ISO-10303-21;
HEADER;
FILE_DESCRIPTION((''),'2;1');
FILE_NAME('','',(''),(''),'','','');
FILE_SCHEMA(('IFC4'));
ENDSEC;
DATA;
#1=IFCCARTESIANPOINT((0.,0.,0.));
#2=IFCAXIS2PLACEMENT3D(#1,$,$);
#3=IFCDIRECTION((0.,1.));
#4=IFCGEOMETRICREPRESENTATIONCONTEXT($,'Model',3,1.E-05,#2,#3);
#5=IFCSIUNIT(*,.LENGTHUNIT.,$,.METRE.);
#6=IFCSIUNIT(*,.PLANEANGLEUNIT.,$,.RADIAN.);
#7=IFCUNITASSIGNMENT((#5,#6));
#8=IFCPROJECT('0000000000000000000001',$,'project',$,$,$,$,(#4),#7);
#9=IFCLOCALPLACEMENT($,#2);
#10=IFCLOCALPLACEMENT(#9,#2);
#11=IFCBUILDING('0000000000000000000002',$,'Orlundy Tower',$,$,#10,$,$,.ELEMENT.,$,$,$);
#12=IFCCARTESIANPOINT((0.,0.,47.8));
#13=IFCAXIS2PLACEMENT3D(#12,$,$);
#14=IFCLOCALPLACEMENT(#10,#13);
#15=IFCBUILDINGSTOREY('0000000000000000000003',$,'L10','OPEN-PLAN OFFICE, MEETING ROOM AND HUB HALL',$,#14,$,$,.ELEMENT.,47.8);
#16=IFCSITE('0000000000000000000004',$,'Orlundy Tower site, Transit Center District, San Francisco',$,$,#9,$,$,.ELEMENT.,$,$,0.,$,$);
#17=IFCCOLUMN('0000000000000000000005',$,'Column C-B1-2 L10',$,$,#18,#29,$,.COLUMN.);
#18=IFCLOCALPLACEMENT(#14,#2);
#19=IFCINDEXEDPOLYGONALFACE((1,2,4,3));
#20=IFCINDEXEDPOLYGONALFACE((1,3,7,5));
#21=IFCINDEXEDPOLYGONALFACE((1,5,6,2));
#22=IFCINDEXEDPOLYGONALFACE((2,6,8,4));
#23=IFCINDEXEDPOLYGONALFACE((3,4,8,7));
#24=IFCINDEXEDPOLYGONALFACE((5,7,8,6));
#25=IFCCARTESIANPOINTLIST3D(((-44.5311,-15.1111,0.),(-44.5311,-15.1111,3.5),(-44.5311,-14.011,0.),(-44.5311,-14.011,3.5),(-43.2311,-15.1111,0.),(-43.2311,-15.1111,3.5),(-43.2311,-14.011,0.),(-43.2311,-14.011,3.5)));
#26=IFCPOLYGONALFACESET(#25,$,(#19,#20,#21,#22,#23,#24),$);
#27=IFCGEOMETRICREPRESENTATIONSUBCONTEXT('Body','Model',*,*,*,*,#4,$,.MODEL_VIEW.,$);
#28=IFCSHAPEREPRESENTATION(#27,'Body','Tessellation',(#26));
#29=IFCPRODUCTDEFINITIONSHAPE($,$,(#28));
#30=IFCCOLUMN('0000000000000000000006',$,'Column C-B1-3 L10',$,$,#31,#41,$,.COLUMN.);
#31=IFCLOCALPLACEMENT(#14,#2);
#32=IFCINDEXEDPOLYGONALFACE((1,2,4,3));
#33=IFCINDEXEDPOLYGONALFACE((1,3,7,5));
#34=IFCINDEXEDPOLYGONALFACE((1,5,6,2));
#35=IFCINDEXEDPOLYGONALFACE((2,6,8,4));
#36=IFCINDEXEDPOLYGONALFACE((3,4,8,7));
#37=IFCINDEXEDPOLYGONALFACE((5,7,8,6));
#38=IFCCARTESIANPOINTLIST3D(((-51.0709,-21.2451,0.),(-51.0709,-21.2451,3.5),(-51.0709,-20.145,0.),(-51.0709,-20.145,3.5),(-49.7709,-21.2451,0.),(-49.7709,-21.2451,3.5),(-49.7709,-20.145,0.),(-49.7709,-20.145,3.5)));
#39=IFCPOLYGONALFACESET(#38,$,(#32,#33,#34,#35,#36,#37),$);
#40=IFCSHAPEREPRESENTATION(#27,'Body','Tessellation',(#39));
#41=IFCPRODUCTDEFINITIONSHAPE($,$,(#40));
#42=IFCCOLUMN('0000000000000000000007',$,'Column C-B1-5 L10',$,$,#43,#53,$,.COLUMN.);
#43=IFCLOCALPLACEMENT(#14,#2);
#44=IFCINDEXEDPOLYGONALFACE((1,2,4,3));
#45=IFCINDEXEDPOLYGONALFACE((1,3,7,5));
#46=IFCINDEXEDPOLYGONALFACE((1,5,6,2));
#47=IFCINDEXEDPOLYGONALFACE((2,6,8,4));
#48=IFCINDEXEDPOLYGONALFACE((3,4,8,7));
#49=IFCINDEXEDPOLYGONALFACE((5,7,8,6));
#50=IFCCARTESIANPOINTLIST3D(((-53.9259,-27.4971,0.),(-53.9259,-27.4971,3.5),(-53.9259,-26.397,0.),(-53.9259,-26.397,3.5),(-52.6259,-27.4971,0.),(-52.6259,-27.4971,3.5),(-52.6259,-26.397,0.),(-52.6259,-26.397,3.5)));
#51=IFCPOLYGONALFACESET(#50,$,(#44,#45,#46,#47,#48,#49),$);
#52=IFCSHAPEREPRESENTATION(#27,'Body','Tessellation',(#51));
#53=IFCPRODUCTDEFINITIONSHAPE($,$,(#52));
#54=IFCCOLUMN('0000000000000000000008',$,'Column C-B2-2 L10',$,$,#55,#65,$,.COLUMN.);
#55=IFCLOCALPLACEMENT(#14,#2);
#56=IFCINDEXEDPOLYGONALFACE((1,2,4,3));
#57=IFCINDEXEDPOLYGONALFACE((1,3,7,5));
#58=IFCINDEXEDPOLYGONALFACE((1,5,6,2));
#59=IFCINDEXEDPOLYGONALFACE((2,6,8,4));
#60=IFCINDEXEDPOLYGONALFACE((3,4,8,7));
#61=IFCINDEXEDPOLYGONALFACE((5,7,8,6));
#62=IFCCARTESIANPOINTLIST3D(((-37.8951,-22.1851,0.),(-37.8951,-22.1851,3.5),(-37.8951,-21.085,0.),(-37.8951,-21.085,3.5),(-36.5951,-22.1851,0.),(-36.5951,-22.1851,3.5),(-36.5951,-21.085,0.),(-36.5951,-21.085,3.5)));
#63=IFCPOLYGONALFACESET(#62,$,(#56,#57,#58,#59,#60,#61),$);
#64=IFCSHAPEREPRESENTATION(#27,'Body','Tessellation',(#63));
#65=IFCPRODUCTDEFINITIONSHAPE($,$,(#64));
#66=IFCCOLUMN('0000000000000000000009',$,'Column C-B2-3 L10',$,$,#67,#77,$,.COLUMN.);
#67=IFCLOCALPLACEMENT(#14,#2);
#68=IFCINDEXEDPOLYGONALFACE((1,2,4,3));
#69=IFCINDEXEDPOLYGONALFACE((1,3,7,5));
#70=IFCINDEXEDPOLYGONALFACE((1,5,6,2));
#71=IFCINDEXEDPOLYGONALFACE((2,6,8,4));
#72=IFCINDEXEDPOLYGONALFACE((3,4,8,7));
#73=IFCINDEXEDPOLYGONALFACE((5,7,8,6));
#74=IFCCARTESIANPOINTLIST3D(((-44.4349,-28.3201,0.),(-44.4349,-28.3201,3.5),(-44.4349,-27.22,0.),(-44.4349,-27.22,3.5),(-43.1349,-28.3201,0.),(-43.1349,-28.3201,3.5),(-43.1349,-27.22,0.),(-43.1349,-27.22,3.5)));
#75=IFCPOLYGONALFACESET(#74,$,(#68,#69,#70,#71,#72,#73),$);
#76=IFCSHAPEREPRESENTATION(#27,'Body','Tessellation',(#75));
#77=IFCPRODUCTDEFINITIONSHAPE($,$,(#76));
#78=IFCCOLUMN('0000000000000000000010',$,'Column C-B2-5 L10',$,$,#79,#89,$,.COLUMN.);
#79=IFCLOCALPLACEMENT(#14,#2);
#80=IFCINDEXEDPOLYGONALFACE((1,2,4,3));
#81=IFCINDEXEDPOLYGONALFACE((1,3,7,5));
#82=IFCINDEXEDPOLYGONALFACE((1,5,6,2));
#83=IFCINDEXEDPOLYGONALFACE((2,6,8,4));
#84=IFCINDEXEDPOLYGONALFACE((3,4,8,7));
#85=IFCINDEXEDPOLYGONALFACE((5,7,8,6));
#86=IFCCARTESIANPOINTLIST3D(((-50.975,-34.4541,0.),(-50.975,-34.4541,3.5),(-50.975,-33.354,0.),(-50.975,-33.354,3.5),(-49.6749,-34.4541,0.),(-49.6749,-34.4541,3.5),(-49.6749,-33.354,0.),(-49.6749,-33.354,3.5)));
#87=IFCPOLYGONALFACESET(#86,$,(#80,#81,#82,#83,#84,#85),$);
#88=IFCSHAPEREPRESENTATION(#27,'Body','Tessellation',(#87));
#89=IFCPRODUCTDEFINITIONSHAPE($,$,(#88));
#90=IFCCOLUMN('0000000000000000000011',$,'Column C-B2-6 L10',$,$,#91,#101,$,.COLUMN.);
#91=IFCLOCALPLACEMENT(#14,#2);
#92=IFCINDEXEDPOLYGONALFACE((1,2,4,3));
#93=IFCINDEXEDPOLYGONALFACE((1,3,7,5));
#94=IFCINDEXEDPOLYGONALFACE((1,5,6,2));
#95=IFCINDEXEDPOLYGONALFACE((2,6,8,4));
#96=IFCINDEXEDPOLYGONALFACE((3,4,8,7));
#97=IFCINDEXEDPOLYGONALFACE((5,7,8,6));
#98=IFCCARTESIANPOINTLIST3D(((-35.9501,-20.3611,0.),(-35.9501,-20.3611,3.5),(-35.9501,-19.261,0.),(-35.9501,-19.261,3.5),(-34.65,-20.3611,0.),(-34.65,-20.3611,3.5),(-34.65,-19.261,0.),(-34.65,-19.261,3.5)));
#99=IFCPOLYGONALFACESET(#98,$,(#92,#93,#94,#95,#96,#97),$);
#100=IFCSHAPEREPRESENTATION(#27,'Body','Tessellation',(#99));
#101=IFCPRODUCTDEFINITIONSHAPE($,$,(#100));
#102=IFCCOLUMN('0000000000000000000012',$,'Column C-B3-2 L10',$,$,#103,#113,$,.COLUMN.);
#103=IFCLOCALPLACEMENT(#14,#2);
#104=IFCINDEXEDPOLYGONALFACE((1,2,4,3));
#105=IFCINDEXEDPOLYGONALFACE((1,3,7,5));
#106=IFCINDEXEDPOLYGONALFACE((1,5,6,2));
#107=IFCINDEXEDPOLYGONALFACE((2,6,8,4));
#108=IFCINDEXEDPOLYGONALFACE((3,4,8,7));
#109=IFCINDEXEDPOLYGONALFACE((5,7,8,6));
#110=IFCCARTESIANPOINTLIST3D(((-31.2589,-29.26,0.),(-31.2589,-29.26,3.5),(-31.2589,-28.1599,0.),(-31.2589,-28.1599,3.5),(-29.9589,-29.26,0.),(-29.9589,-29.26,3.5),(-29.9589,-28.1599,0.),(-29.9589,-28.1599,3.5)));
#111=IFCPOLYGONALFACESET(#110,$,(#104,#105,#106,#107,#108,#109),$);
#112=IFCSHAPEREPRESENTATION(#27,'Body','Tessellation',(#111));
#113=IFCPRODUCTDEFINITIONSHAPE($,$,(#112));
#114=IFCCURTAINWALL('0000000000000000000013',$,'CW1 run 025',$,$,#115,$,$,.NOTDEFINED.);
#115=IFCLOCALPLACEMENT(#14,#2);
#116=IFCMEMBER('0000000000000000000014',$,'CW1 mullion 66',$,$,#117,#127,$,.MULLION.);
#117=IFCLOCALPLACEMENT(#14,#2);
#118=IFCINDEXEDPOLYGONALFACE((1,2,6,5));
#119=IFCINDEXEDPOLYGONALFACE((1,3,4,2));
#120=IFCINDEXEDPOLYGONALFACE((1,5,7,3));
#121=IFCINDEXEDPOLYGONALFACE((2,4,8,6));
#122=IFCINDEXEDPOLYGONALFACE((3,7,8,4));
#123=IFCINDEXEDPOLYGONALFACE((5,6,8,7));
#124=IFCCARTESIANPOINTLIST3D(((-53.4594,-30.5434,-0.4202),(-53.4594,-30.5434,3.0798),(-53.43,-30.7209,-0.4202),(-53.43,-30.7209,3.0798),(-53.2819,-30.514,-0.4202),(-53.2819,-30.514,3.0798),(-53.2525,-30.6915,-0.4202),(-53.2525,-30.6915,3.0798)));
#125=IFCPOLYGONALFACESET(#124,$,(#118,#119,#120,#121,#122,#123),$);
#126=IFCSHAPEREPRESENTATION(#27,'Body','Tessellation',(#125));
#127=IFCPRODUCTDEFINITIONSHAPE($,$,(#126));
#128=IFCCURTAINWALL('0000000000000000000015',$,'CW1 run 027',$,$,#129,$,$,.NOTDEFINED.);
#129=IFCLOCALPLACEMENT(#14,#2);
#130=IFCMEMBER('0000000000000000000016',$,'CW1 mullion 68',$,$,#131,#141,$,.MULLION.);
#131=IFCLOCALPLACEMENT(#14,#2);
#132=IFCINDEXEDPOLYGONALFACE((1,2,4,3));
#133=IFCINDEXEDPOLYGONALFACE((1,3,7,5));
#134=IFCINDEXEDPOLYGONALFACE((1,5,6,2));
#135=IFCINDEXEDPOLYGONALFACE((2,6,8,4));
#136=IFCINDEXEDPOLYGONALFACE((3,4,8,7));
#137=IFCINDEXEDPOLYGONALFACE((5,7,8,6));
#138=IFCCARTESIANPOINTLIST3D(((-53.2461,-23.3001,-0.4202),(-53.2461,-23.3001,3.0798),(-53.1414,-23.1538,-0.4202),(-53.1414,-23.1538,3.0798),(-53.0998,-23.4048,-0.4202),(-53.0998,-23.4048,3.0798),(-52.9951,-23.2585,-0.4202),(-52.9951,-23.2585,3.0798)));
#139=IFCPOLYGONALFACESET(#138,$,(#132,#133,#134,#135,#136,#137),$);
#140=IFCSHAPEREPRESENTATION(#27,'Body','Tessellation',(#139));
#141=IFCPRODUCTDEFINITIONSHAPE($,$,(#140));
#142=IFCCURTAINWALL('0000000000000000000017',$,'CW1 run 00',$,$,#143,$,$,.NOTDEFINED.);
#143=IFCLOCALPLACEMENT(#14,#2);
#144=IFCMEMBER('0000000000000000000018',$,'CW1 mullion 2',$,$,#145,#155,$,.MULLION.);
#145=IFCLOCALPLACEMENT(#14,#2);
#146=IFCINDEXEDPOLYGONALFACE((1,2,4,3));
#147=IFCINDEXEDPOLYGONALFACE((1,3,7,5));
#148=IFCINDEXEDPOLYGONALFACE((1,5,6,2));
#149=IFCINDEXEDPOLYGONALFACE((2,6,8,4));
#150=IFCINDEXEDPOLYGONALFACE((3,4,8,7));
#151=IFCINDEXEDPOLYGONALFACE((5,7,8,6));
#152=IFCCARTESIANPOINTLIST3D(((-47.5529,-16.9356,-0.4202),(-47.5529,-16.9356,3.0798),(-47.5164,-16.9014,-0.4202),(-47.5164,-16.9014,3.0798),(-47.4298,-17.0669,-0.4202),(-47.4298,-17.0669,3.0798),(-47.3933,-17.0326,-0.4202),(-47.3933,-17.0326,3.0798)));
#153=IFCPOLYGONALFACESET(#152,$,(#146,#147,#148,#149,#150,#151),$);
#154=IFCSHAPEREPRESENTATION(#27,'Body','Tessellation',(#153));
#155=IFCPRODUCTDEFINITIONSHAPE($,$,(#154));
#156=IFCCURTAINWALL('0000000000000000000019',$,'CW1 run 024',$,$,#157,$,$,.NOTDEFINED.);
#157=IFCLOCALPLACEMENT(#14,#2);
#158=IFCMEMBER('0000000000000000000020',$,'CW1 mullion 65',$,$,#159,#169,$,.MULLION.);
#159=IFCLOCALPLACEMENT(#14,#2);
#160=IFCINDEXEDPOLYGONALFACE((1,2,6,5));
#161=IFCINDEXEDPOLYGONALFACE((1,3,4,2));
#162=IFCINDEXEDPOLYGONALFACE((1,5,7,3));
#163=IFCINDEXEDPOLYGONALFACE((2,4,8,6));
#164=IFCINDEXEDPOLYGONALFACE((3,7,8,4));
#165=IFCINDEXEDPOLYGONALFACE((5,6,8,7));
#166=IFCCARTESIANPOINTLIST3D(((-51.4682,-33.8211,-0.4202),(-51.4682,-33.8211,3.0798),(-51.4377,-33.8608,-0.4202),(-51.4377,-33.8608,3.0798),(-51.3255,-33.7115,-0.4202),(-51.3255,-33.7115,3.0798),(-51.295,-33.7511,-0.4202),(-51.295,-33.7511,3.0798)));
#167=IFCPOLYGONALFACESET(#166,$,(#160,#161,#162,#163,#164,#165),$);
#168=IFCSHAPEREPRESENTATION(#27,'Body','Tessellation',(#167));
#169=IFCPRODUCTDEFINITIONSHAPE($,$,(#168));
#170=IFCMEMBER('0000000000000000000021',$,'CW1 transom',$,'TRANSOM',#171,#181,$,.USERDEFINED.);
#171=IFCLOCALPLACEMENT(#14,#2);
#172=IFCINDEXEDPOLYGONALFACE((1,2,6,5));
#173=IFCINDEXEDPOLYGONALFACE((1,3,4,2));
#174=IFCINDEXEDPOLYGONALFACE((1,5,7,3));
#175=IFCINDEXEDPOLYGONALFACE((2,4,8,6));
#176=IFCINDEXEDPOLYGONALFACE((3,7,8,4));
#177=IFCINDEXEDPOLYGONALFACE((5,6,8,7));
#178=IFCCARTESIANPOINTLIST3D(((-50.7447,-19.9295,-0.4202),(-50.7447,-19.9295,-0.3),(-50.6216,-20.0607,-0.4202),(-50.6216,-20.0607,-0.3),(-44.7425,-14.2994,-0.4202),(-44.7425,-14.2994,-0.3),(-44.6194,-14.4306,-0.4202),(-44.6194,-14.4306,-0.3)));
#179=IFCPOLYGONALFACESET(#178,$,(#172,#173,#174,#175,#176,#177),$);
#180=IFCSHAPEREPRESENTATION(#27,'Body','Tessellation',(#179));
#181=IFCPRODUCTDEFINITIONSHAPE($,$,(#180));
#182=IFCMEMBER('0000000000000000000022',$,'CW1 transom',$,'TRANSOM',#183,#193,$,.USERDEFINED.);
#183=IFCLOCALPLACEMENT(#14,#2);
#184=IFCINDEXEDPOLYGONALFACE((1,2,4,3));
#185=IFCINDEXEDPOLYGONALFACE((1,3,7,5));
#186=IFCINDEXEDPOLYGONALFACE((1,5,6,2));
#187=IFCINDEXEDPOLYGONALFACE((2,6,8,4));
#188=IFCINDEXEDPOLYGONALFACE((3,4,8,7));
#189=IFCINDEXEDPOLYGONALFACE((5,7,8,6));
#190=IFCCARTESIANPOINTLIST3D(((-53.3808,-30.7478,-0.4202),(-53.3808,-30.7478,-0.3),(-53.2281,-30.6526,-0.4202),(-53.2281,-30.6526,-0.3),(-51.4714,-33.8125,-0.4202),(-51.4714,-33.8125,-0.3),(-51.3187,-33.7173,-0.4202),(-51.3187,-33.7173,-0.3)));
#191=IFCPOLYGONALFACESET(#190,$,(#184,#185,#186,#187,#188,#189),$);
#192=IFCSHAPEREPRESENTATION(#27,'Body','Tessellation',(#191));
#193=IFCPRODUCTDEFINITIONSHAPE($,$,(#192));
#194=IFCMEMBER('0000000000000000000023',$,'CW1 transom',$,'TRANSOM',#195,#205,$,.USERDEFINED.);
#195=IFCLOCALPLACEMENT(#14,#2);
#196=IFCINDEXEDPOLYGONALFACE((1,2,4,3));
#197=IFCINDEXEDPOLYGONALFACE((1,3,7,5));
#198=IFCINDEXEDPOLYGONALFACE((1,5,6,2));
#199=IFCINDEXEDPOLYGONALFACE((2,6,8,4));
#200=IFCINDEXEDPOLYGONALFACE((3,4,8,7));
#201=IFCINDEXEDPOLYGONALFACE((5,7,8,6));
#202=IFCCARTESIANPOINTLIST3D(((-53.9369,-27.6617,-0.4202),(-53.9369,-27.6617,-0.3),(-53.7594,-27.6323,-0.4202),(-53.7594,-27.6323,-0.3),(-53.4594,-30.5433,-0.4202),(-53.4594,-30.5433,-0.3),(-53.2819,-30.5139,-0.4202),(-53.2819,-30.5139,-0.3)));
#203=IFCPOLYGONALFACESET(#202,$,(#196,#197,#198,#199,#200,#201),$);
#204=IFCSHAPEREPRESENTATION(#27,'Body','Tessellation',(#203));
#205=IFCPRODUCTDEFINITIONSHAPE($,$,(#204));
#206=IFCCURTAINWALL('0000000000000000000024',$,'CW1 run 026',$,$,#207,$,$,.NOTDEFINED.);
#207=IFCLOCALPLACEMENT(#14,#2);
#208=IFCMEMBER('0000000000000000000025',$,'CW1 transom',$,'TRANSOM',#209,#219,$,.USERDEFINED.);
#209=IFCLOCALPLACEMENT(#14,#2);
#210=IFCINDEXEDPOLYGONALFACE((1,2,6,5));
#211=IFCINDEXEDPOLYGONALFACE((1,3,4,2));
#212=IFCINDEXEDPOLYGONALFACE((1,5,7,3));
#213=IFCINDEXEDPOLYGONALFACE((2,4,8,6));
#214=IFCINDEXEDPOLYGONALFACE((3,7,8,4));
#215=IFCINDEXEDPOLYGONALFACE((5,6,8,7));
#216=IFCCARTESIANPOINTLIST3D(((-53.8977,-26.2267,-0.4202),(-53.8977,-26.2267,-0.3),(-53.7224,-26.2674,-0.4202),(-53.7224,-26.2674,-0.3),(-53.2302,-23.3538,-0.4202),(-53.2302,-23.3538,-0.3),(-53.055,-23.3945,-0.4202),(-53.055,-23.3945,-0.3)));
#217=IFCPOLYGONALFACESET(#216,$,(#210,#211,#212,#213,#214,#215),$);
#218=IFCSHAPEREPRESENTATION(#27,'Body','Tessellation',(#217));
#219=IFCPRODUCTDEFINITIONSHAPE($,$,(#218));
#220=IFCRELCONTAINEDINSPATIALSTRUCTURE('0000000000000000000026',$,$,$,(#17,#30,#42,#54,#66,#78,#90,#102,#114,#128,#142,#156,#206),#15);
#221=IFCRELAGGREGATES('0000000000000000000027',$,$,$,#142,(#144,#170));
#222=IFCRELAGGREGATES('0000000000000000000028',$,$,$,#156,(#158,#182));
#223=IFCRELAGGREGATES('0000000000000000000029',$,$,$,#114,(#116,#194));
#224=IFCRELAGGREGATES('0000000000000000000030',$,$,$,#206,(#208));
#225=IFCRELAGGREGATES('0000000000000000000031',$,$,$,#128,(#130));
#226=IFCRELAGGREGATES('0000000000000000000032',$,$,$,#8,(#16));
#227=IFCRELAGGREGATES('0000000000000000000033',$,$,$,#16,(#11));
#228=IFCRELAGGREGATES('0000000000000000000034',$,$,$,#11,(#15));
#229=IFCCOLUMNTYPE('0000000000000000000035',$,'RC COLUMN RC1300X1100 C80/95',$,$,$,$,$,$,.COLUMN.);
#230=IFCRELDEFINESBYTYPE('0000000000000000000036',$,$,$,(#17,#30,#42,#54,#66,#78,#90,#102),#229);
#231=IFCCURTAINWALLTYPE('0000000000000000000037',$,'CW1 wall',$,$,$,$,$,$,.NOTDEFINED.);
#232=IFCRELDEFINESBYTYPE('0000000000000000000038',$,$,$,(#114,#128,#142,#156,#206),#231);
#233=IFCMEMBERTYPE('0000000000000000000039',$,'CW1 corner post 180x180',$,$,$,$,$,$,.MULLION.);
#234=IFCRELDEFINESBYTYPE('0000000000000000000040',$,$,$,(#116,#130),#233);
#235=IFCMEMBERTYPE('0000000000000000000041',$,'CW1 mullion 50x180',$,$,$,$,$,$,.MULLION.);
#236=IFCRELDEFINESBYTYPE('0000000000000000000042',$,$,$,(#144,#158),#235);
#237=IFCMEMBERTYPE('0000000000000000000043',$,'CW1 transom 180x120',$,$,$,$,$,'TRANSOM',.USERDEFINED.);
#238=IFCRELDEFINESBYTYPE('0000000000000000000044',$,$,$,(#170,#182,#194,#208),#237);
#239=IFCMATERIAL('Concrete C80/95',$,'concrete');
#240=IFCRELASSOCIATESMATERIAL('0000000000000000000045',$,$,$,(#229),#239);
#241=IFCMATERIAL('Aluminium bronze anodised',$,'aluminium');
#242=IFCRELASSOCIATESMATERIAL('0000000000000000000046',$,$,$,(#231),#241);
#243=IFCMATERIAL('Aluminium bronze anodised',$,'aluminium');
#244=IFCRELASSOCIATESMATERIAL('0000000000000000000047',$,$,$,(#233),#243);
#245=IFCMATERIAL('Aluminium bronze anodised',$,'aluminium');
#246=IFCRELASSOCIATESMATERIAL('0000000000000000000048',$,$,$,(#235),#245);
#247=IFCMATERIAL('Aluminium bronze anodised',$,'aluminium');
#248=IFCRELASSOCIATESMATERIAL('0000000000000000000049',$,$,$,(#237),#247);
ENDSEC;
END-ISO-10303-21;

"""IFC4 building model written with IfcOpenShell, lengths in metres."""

from ifc_helpers import new_model, si_unit, direction, frame, origin, origin_2d, place, context, subcontext, project, spatial, rectangle, extrude, material, material_profile, profile_set, type_object, element, aggregate, save


model = new_model("IFC4")

# Units and contexts
model_context = context("Model", 3, precision=1e-05, world=origin(), true_north=direction((0.0, 1.0)))
body_context = subcontext(model_context, "Body", "Model", "MODEL_VIEW")
ifc_project = project(units=[si_unit("LENGTHUNIT", "METRE"), si_unit("PLANEANGLEUNIT", "RADIAN")], contexts=[model_context])

# Site, building, storey
site_placement = place(None, origin())
site = spatial("IfcSite", under=ifc_project, at=site_placement, Name="Orlundy Tower site, Transit Center District, San Francisco", CompositionType="ELEMENT", RefElevation=0.0)
building_placement = place(site_placement, origin())
building = spatial("IfcBuilding", under=site, at=building_placement, Name="Orlundy Tower", CompositionType="ELEMENT")
storey_placement = place(building_placement, frame((0.0, 0.0, 47.8)))
storey = spatial("IfcBuildingStorey", under=building, at=storey_placement, Name="L10", Description="OPEN-PLAN OFFICE, MEETING ROOM AND HUB HALL", CompositionType="ELEMENT", Elevation=47.8)

# Columns
ifc_material_1 = material(Name="Concrete C80/95", Category="concrete")
ifc_material_profile_1 = material_profile(ifc_material_1, rectangle(XDim=1.3, YDim=1.1001, at=origin_2d()), Name="RC1300X1100")
ifc_profile_set_1 = profile_set([ifc_material_profile_1], Name="Concrete C80/95")
column_type = type_object("IfcColumnType", Name="RC COLUMN RC1300X1100 C80/95", PredefinedType="COLUMN", material=ifc_profile_set_1)
for number, where, z_axis, x_axis, name in (
    (1, (-43.8811, -14.561, 0.0), (0.0, 0.0, 1.0), (1.0, 0.0, 0.0), "Column C-B1-2 L10"),
    (2, (-50.4209, -20.6951, 0.0), (0.0, 0.0, 1.0), (1.0, 0.0, 0.0), "Column C-B1-3 L10"),
    (3, (-53.2759, -26.947, 0.0), (0.0, 0.0, 1.0), (1.0, 0.0, 0.0), "Column C-B1-5 L10"),
    (4, (-37.2451, -21.635, 0.0), (0.0, 0.0, 1.0), (1.0, 0.0, 0.0), "Column C-B2-2 L10"),
    (5, (-43.7849, -27.77, 0.0), (0.0, 0.0, 1.0), (1.0, 0.0, 0.0), "Column C-B2-3 L10"),
    (6, (-50.325, -33.9041, 0.0), (0.0, 0.0, 1.0), (1.0, 0.0, 0.0), "Column C-B2-5 L10"),
    (7, (-35.3, -19.811, 0.0), (0.0, 0.0, 1.0), (1.0, 0.0, 0.0), "Column C-B2-6 L10"),
    (8, (-30.6089, -28.71, 0.0), (0.0, 0.0, 1.0), (1.0, 0.0, 0.0), "Column C-B3-2 L10"),
):
    element("IfcColumn", number, at=place(storey_placement, frame(where, z_axis=z_axis, x_axis=x_axis)), inside=storey, type_object=column_type, Name=name, PredefinedType="COLUMN", context=body_context, shape_type="SweptSolid", body=[
        extrude(rectangle(XDim=1.3, YDim=1.1001, at=origin_2d()), origin(), (0.0, 0.0, 1.0), 3.5),
    ])

# Curtain walls, members
ifc_material_2 = material(Name="Aluminium bronze anodised", Category="aluminium")
curtain_wall_type = type_object("IfcCurtainWallType", Name="CW1 wall", PredefinedType="NOTDEFINED", material=ifc_material_2)
curtain_wall_1_placement = place(storey_placement, origin())
curtain_wall_1 = element("IfcCurtainWall", 9, at=curtain_wall_1_placement, inside=storey, type_object=curtain_wall_type, Name="CW1 run 025", PredefinedType="NOTDEFINED")
ifc_material_3 = material(Name="Aluminium bronze anodised", Category="aluminium")
ifc_material_profile_2 = material_profile(ifc_material_3, rectangle(XDim=0.1799, YDim=0.1799, at=origin_2d()), Name="CW1 corner post 180x180")
ifc_profile_set_2 = profile_set([ifc_material_profile_2], Name="Aluminium bronze anodised")
member_type_1 = type_object("IfcMemberType", Name="CW1 corner post 180x180", PredefinedType="MULLION", material=ifc_profile_set_2)
member_1_placement = place(storey_placement, frame((-53.356, -30.6174, -0.4202), z_axis=(0.0, 0.0, 1.0), x_axis=(-0.986547, -0.16348, 0.0)))
member_1 = element("IfcMember", 10, at=member_1_placement, type_object=member_type_1, Name="CW1 mullion 66", PredefinedType="MULLION", context=body_context, shape_type="SweptSolid", body=[
    extrude(rectangle(XDim=0.1799, YDim=0.1799, at=origin_2d()), origin(), (0.0, 0.0, 1.0), 3.5),
])
curtain_wall_2_placement = place(storey_placement, origin())
curtain_wall_2 = element("IfcCurtainWall", 11, at=curtain_wall_2_placement, inside=storey, type_object=curtain_wall_type, Name="CW1 run 027", PredefinedType="NOTDEFINED")
member_2_placement = place(storey_placement, frame((-53.1206, -23.2793, -0.4202), z_axis=(0.0, 0.0, 1.0), x_axis=(-0.813204, 0.581978, 0.0)))
member_2 = element("IfcMember", 12, at=member_2_placement, type_object=member_type_1, Name="CW1 mullion 68", PredefinedType="MULLION", context=body_context, shape_type="SweptSolid", body=[
    extrude(rectangle(XDim=0.1799, YDim=0.1799, at=origin_2d()), origin(), (0.0, 0.0, 1.0), 3.5),
])
curtain_wall_3_placement = place(storey_placement, origin())
curtain_wall_3 = element("IfcCurtainWall", 13, at=curtain_wall_3_placement, inside=storey, type_object=curtain_wall_type, Name="CW1 run 00", PredefinedType="NOTDEFINED")
ifc_material_4 = material(Name="Aluminium bronze anodised", Category="aluminium")
ifc_material_profile_3 = material_profile(ifc_material_4, rectangle(XDim=0.1799, YDim=0.05, at=origin_2d()), Name="CW1 mullion 50x180")
ifc_profile_set_3 = profile_set([ifc_material_profile_3], Name="Aluminium bronze anodised")
member_type_2 = type_object("IfcMemberType", Name="CW1 mullion 50x180", PredefinedType="MULLION", material=ifc_profile_set_3)
member_3_placement = place(storey_placement, frame((-47.4731, -16.9841, -0.4202), z_axis=(0.0, 0.0, 1.0), x_axis=(-0.684139, 0.729351, 0.0)))
member_3 = element("IfcMember", 14, at=member_3_placement, type_object=member_type_2, Name="CW1 mullion 2", PredefinedType="MULLION", context=body_context, shape_type="SweptSolid", body=[
    extrude(rectangle(XDim=0.1799, YDim=0.05, at=origin_2d()), origin(), (0.0, 0.0, 1.0), 3.5),
])
curtain_wall_4_placement = place(storey_placement, origin())
curtain_wall_4 = element("IfcCurtainWall", 15, at=curtain_wall_4_placement, inside=storey, type_object=curtain_wall_type, Name="CW1 run 024", PredefinedType="NOTDEFINED")
member_4_placement = place(storey_placement, frame((-51.3816, -33.7861, -0.4202), z_axis=(0.0, 0.0, 1.0), x_axis=(-0.792873, -0.609387, 0.0)))
member_4 = element("IfcMember", 16, at=member_4_placement, type_object=member_type_2, Name="CW1 mullion 65", PredefinedType="MULLION", context=body_context, shape_type="SweptSolid", body=[
    extrude(rectangle(XDim=0.1799, YDim=0.05, at=origin_2d()), origin(), (0.0, 0.0, 1.0), 3.5),
])

# Members
ifc_material_5 = material(Name="Aluminium bronze anodised", Category="aluminium")
ifc_material_profile_4 = material_profile(ifc_material_5, rectangle(XDim=0.1799, YDim=0.1201, at=origin_2d()), Name="CW1 transom 180x120")
ifc_profile_set_4 = profile_set([ifc_material_profile_4], Name="Aluminium bronze anodised")
member_type_3 = type_object("IfcMemberType", Name="CW1 transom 180x120", ElementType="TRANSOM", PredefinedType="USERDEFINED", material=ifc_profile_set_4)
member_5_placement = place(storey_placement, frame((-50.6831, -19.9951, -0.3601), z_axis=(0.729351, 0.684139, 0.0), x_axis=(-0.684139, 0.729351, 0.0)))
member_5 = element("IfcMember", 17, at=member_5_placement, type_object=member_type_3, Name="CW1 transom", ObjectType="TRANSOM", PredefinedType="USERDEFINED", context=body_context, shape_type="SweptSolid", body=[
    extrude(rectangle(XDim=0.1799, YDim=0.1201, at=origin_2d()), origin(), (0.0, 0.0, 1.0), 8.2295),
])
member_6_placement = place(storey_placement, frame((-51.395, -33.7649, -0.3601), z_axis=(-0.528801, 0.848746, 0.0), x_axis=(-0.848746, -0.528801, 0.0)))
member_6 = element("IfcMember", 18, at=member_6_placement, type_object=member_type_3, Name="CW1 transom", ObjectType="TRANSOM", PredefinedType="USERDEFINED", context=body_context, shape_type="SweptSolid", body=[
    extrude(rectangle(XDim=0.1799, YDim=0.1201, at=origin_2d()), origin(), (0.0, 0.0, 1.0), 3.6108),
])
member_7_placement = place(storey_placement, frame((-53.3706, -30.5286, -0.3601), z_axis=(-0.163491, 0.986545, 0.0), x_axis=(-0.986545, -0.163491, 0.0)))
member_7 = element("IfcMember", 19, at=member_7_placement, type_object=member_type_3, Name="CW1 transom", ObjectType="TRANSOM", PredefinedType="USERDEFINED", context=body_context, shape_type="SweptSolid", body=[
    extrude(rectangle(XDim=0.1799, YDim=0.1201, at=origin_2d()), origin(), (0.0, 0.0, 1.0), 2.9209),
])

# Curtain wall, member
curtain_wall_5_placement = place(storey_placement, origin())
curtain_wall_5 = element("IfcCurtainWall", 20, at=curtain_wall_5_placement, inside=storey, type_object=curtain_wall_type, Name="CW1 run 026", PredefinedType="NOTDEFINED")
member_8_placement = place(storey_placement, frame((-53.8101, -26.2471, -0.3601), z_axis=(0.226298, 0.974058, 0.0), x_axis=(-0.974058, 0.226298, 0.0)))
member_8 = element("IfcMember", 21, at=member_8_placement, type_object=member_type_3, Name="CW1 transom", ObjectType="TRANSOM", PredefinedType="USERDEFINED", context=body_context, shape_type="SweptSolid", body=[
    extrude(rectangle(XDim=0.1799, YDim=0.1201, at=origin_2d()), origin(), (0.0, 0.0, 1.0), 2.9495),
])

aggregate(curtain_wall_3, [member_3, member_5])

aggregate(curtain_wall_4, [member_4, member_6])
aggregate(curtain_wall_1, [member_1, member_7])
aggregate(curtain_wall_5, [member_8])
aggregate(curtain_wall_2, [member_2])

save(model, "model.ifc")
